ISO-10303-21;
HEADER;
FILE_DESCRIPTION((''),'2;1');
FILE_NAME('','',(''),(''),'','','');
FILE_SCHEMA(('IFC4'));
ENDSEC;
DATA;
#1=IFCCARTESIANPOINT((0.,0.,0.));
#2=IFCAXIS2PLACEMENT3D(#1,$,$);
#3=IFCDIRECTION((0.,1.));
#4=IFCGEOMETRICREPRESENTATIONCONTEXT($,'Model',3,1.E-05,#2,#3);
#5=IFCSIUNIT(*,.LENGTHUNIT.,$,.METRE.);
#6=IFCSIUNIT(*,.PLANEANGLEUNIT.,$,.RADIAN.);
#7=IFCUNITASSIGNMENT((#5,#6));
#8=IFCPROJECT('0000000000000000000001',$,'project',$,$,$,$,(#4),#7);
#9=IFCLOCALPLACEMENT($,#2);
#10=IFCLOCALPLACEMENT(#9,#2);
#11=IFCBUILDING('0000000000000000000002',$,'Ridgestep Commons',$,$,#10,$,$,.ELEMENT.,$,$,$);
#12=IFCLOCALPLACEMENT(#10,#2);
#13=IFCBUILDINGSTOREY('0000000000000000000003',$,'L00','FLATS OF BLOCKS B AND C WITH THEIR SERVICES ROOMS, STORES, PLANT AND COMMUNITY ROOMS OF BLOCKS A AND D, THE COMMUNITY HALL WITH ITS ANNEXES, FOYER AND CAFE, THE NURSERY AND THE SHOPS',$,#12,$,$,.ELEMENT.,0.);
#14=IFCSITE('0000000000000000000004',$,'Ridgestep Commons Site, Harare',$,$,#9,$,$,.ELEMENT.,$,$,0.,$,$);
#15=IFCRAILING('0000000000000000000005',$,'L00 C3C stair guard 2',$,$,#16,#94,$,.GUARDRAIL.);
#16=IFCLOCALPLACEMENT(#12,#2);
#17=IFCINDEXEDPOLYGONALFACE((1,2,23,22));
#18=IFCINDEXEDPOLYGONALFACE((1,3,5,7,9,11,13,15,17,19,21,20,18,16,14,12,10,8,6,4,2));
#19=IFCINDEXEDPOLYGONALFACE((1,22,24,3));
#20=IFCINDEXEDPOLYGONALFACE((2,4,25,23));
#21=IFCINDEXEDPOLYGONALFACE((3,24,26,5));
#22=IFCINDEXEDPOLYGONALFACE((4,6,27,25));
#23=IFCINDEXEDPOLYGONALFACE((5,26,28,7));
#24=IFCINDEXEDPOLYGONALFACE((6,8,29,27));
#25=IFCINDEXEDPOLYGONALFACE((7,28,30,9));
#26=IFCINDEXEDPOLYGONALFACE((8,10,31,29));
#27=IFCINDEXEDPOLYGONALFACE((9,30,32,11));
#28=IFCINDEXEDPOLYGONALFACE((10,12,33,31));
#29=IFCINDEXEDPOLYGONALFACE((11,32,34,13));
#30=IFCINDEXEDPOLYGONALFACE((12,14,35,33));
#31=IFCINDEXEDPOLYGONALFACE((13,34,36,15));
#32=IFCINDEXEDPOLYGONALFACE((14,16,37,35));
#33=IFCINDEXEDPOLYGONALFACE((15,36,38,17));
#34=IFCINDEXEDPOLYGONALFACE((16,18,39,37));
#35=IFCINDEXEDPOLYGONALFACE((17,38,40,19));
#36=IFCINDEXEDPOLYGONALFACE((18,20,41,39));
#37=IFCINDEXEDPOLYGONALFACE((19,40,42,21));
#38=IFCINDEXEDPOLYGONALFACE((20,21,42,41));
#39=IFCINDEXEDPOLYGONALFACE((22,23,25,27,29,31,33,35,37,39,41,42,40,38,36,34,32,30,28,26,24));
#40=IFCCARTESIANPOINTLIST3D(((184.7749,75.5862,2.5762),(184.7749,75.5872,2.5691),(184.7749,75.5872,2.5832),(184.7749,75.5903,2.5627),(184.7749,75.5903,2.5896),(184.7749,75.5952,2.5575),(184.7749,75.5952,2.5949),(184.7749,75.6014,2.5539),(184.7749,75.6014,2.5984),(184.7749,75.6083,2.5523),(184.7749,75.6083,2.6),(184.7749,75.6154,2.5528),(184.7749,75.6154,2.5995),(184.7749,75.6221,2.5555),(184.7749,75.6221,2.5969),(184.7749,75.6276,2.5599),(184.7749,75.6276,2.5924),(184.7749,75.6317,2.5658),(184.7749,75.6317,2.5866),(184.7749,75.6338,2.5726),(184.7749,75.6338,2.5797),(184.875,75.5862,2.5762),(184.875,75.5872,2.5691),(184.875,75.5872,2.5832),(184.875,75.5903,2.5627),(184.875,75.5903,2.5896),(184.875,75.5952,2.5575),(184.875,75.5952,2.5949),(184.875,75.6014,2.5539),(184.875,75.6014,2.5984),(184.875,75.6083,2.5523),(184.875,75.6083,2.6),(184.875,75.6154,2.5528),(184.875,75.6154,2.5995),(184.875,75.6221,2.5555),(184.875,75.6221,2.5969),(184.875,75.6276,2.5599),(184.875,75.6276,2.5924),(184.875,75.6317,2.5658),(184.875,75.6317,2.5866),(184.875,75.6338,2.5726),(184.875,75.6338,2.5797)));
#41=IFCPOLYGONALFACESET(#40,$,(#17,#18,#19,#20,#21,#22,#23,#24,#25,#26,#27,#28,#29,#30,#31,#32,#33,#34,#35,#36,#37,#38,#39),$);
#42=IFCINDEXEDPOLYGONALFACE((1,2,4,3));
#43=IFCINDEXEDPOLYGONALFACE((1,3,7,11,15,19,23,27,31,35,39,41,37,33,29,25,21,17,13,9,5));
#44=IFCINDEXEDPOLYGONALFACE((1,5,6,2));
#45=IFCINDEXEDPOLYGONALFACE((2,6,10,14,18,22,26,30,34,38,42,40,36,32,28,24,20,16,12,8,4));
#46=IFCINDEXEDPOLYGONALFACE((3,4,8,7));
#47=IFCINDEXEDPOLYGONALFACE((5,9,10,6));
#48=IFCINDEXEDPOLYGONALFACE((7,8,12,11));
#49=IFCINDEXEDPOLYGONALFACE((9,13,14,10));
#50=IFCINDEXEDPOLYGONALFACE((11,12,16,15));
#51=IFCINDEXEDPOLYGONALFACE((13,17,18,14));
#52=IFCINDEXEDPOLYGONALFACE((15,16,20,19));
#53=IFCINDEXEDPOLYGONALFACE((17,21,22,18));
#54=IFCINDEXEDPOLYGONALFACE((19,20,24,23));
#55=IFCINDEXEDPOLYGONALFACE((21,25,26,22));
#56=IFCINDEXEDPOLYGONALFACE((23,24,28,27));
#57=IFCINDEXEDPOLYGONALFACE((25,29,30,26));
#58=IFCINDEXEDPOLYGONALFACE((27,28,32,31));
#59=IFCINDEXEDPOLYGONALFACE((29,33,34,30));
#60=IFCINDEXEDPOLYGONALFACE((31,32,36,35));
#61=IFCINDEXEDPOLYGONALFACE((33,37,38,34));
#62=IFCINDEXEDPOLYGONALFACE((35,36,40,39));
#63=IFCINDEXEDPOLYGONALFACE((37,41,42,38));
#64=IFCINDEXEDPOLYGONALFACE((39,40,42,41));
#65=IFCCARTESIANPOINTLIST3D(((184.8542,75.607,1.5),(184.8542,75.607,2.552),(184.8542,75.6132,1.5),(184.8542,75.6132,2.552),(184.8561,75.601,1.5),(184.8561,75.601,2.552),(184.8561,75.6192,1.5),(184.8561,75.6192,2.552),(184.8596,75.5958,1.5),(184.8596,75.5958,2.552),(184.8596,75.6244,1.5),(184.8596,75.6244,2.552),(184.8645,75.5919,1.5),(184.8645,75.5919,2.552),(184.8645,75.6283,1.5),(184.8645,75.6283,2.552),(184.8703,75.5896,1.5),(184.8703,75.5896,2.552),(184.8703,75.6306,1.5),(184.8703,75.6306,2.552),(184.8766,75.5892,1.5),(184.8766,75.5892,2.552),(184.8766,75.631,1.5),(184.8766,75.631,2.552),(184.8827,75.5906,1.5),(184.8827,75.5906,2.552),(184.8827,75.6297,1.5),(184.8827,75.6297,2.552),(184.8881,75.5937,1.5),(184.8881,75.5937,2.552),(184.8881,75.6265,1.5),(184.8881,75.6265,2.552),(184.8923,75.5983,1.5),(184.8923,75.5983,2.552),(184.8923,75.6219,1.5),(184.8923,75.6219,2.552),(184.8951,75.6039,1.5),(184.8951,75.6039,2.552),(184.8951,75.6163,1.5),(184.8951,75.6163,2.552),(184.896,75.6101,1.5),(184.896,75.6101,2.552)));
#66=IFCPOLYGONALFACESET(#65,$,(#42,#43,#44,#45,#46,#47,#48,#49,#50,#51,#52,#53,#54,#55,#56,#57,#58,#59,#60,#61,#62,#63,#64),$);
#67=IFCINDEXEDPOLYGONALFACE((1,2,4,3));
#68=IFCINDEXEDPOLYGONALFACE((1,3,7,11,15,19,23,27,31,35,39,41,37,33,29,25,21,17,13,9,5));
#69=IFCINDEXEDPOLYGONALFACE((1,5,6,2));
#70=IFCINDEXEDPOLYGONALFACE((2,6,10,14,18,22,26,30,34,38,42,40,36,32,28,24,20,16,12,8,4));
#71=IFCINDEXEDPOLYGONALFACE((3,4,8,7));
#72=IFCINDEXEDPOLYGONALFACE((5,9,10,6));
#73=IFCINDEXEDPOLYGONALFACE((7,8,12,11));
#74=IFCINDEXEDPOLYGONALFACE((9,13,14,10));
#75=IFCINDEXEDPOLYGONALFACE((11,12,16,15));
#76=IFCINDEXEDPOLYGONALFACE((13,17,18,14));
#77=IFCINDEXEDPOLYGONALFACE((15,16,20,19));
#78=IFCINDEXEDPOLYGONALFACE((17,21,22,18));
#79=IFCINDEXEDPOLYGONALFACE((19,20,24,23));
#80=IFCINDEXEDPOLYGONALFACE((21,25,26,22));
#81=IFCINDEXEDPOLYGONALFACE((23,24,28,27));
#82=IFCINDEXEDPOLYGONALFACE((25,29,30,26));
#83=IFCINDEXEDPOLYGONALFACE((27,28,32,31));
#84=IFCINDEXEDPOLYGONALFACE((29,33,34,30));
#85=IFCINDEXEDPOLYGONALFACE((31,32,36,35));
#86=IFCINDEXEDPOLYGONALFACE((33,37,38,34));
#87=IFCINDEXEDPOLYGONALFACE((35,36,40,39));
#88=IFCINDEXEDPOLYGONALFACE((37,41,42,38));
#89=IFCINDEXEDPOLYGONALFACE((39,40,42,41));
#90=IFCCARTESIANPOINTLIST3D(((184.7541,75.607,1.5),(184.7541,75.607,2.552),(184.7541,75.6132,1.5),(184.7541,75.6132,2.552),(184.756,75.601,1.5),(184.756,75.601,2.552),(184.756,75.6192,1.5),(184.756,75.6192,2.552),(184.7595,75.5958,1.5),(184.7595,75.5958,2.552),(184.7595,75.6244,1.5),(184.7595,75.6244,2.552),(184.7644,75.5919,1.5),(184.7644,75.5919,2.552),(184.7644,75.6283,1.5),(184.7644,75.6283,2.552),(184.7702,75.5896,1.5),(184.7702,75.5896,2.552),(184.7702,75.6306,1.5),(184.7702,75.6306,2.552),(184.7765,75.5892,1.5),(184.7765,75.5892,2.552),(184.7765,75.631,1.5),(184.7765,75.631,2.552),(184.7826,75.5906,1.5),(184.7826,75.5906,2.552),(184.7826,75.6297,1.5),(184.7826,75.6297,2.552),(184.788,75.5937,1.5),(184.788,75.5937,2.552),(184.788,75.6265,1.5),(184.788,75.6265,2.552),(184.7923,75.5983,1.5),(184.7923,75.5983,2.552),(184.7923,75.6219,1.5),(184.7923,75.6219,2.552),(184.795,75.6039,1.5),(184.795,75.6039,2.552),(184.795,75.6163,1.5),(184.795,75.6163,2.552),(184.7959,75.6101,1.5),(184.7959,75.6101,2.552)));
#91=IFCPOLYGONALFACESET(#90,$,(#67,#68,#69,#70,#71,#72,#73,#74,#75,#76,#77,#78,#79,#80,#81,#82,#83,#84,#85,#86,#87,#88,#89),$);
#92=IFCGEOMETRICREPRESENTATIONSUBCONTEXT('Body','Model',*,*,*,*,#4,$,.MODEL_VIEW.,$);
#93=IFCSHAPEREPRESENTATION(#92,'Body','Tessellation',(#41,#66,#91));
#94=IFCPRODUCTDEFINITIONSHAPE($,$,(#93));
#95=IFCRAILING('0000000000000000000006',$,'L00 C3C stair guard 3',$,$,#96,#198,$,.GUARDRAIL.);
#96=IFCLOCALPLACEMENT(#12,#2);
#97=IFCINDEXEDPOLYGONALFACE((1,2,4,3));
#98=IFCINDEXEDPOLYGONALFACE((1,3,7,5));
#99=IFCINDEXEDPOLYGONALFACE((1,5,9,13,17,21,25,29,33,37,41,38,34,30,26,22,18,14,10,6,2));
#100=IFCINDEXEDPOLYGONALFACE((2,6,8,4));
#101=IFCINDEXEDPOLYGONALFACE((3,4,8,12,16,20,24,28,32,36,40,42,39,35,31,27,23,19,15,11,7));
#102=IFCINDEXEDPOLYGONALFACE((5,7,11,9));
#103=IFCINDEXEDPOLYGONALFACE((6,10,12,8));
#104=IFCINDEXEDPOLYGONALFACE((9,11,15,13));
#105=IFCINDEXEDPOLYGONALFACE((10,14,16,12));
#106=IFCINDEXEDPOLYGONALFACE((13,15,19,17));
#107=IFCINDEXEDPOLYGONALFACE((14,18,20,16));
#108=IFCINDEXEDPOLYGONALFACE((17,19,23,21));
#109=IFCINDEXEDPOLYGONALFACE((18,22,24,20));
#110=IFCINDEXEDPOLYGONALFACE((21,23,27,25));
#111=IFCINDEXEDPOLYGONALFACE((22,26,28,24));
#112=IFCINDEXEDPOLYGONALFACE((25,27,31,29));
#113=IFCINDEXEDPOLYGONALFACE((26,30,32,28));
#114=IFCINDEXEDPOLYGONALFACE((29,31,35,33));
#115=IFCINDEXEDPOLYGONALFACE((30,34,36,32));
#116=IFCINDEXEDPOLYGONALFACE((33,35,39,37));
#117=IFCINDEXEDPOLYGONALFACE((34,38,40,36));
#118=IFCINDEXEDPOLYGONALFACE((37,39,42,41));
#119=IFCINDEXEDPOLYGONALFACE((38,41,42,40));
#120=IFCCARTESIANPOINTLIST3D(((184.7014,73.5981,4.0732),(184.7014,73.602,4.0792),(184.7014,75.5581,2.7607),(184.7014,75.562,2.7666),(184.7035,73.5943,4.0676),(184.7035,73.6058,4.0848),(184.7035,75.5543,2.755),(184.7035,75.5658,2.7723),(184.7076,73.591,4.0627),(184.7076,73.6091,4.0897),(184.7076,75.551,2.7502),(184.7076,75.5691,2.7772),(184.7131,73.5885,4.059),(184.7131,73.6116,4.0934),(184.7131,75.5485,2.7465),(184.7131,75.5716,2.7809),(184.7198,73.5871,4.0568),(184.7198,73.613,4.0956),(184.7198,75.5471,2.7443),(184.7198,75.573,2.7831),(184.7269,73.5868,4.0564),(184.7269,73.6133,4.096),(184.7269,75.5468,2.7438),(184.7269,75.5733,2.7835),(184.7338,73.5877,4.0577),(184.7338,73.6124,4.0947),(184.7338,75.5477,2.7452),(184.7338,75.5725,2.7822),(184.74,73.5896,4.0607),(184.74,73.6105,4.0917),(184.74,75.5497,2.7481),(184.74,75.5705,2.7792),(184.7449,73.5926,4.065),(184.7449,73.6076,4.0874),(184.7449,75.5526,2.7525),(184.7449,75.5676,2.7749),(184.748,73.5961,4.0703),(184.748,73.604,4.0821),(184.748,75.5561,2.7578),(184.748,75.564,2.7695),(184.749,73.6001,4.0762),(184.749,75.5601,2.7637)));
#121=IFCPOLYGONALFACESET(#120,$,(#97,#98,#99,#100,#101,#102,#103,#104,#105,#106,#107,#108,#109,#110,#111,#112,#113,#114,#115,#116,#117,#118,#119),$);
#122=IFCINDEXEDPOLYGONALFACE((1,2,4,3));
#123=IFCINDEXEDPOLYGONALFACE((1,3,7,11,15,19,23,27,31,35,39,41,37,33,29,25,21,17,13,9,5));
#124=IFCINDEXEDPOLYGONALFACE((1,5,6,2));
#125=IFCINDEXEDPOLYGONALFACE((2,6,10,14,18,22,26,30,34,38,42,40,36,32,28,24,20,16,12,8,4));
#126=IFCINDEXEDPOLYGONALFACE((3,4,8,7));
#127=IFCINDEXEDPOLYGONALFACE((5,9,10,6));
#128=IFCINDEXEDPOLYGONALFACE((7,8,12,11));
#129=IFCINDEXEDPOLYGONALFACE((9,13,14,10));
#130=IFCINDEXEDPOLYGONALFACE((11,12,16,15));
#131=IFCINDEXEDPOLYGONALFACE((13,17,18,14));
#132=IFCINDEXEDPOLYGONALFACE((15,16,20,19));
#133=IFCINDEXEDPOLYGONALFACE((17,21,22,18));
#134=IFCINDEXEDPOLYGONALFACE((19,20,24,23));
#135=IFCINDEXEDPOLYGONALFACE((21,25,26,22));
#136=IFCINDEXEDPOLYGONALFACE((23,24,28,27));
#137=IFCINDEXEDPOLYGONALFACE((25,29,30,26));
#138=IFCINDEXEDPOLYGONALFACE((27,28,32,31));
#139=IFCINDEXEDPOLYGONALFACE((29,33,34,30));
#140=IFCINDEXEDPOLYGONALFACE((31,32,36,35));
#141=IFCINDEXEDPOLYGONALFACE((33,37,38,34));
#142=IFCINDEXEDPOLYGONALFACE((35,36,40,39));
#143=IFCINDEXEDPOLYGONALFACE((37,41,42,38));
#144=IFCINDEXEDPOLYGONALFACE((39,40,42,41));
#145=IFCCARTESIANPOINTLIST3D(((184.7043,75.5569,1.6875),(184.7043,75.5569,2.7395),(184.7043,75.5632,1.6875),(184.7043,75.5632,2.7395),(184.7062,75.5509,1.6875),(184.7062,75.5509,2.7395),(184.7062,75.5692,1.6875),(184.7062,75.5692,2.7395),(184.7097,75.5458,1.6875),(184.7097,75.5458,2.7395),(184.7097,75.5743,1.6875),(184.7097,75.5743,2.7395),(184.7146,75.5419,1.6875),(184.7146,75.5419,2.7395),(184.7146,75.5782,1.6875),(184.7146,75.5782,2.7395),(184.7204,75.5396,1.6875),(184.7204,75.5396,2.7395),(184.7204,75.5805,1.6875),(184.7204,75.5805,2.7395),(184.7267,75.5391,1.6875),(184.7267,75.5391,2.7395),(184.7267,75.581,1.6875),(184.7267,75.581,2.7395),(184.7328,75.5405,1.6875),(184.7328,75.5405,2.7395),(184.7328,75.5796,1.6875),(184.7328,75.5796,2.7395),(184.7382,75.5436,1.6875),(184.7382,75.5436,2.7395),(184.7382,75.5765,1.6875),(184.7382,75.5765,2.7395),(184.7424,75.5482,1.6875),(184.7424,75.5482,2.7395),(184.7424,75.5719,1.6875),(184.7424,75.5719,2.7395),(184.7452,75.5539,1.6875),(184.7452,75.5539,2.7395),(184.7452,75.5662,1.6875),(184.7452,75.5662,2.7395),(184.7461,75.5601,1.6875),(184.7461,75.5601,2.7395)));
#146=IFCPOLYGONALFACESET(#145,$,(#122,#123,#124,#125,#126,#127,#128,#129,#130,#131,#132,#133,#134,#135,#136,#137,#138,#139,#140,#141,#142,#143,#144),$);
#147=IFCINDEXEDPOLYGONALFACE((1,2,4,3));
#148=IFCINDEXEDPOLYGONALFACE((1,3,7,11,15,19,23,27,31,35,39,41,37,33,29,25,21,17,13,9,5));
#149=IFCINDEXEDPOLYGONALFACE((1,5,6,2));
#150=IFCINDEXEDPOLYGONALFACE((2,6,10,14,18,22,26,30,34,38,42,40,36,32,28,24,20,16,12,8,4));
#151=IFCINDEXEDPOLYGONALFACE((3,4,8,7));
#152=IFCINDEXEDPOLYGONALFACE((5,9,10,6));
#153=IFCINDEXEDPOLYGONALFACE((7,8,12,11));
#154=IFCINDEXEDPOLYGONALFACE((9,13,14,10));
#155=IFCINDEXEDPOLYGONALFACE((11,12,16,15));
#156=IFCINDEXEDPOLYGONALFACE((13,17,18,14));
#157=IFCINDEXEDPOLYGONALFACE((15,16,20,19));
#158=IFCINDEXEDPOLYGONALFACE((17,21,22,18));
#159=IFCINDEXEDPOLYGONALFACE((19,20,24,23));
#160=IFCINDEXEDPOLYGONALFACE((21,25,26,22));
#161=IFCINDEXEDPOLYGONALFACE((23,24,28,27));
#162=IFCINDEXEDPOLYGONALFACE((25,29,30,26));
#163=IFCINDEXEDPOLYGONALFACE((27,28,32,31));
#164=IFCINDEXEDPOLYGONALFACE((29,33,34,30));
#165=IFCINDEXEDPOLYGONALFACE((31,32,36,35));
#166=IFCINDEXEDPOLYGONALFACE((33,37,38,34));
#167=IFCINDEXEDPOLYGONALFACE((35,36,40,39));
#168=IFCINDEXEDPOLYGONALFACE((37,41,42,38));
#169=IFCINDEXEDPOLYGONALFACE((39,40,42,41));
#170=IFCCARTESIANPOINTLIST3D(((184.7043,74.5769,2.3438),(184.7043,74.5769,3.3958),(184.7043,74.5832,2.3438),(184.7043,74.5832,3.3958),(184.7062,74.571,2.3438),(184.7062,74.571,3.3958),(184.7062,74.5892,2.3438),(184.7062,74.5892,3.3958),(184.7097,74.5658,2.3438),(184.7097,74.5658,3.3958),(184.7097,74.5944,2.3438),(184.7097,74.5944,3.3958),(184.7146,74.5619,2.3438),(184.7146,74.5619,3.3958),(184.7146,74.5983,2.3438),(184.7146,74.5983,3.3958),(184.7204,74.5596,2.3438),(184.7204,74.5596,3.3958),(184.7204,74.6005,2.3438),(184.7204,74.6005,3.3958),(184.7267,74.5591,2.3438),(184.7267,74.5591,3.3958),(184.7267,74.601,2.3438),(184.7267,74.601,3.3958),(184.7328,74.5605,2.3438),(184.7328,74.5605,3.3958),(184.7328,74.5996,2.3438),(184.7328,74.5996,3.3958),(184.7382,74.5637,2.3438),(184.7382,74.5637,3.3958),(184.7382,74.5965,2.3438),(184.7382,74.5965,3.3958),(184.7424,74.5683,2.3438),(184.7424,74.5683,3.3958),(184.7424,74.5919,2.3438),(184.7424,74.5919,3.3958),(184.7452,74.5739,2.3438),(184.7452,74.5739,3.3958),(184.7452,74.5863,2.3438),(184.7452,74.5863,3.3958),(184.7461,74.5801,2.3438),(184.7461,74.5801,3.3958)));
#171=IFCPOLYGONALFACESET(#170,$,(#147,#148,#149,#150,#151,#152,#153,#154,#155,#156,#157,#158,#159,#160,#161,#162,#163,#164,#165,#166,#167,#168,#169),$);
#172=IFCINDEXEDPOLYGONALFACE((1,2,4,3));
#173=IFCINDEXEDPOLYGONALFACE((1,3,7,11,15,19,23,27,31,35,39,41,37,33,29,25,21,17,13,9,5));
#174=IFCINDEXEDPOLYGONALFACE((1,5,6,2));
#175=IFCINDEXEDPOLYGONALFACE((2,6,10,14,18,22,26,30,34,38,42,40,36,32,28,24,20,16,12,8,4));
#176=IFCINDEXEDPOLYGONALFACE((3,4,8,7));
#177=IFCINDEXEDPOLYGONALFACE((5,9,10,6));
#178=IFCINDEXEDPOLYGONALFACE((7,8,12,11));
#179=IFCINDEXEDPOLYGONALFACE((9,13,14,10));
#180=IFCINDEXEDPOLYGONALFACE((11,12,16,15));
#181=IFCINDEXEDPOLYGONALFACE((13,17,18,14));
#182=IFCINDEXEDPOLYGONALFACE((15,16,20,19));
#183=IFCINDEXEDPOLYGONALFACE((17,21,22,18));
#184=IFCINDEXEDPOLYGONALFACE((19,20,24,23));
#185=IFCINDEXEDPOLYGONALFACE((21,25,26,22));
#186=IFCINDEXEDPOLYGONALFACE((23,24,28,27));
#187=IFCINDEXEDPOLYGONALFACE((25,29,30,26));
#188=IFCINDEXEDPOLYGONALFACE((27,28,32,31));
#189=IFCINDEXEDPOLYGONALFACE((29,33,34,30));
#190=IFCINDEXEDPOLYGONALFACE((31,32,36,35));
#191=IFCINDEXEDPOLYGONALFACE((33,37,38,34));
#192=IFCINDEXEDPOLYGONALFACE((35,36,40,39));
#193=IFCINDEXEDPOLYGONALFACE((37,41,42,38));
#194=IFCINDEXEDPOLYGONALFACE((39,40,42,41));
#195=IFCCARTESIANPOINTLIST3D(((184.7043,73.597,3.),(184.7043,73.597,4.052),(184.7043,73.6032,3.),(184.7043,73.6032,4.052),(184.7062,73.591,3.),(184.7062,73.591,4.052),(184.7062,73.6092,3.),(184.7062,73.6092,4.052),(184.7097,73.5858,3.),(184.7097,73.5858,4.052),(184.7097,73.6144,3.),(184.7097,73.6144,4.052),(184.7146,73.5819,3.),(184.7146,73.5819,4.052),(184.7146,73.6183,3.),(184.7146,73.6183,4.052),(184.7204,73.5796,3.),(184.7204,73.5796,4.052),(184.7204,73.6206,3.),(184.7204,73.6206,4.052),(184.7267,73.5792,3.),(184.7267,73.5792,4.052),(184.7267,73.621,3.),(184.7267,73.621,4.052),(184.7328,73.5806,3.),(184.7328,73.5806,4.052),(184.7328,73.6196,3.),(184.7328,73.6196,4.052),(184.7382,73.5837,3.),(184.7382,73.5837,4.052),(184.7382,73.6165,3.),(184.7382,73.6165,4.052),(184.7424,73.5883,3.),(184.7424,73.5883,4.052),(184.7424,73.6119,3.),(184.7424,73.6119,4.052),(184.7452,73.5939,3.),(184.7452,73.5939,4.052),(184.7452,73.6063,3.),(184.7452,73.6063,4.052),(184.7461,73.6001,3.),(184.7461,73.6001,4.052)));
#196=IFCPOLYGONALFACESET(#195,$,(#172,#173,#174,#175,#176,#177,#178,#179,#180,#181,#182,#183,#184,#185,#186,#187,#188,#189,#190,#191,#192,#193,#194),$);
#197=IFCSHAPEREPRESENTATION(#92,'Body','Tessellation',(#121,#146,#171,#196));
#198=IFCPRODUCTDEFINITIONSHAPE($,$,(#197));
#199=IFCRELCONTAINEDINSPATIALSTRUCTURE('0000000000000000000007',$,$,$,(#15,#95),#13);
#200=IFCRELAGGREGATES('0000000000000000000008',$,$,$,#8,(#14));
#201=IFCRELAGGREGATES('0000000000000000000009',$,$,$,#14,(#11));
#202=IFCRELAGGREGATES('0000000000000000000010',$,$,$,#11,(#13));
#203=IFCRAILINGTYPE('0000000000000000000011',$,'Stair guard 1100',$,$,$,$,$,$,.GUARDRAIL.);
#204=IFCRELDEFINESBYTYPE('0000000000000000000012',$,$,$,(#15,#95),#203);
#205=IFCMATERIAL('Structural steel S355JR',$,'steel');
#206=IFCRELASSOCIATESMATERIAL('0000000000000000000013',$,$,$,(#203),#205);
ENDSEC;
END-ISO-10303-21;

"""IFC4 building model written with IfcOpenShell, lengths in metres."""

from ifc_helpers import new_model, si_unit, direction, frame, origin, origin_2d, place, context, subcontext, project, spatial, circle, extrude, material, type_object, element, save


model = new_model("IFC4")

# Units and contexts
model_context = context("Model", 3, precision=1e-05, world=origin(), true_north=direction((0.0, 1.0)))
body_context = subcontext(model_context, "Body", "Model", "MODEL_VIEW")
ifc_project = project(units=[si_unit("LENGTHUNIT", "METRE"), si_unit("PLANEANGLEUNIT", "RADIAN")], contexts=[model_context])

# Site, building, storey
site_placement = place(None, origin())
site = spatial("IfcSite", under=ifc_project, at=site_placement, Name="Ridgestep Commons Site, Harare", CompositionType="ELEMENT", RefElevation=0.0)
building_placement = place(site_placement, origin())
building = spatial("IfcBuilding", under=site, at=building_placement, Name="Ridgestep Commons", CompositionType="ELEMENT")
storey_placement = place(building_placement, origin())
storey = spatial("IfcBuildingStorey", under=building, at=storey_placement, Name="L00", Description="FLATS OF BLOCKS B AND C WITH THEIR SERVICES ROOMS, STORES, PLANT AND COMMUNITY ROOMS OF BLOCKS A AND D, THE COMMUNITY HALL WITH ITS ANNEXES, FOYER AND CAFE, THE NURSERY AND THE SHOPS", CompositionType="ELEMENT", Elevation=0.0)

# Railings
ifc_material_1 = material(Name="Structural steel S355JR", Category="steel")
railing_type = type_object("IfcRailingType", Name="Stair guard 1100", PredefinedType="GUARDRAIL", material=ifc_material_1)
railing_1_placement = place(storey_placement, frame((184.875, 75.6101, 1.5)))
element("IfcRailing", 1, at=railing_1_placement, inside=storey, type_object=railing_type, Name="L00 C3C stair guard 2", PredefinedType="GUARDRAIL", context=body_context, shape_type="SweptSolid", body=[
    extrude(circle(Radius=0.0239, at=origin_2d()), frame((0.0, 0.0, 1.0762), z_axis=(-1.0, 0.0, 0.0), x_axis=(0.0, -1.0, 0.0)), (0.0, 0.0, 1.0), 0.1001),
    extrude(circle(Radius=0.021, at=origin_2d()), origin(), (0.0, 0.0, 1.0), 1.052),
    extrude(circle(Radius=0.021, at=origin_2d()), frame((-0.1001, 0.0, 0.0)), (0.0, 0.0, 1.0), 1.052),
])
railing_2_placement = place(storey_placement, frame((184.7251, 75.5601, 1.6875)))
element("IfcRailing", 2, at=railing_2_placement, inside=storey, type_object=railing_type, Name="L00 C3C stair guard 3", PredefinedType="GUARDRAIL", context=body_context, shape_type="SweptSolid", body=[
    extrude(circle(Radius=0.0239, at=origin_2d()), frame((0.0, 0.0, 1.0762), z_axis=(0.0, -0.830902, 0.556419), x_axis=(1.0, 0.0, 0.0)), (0.0, 0.0, 1.0), 2.3589),
    extrude(circle(Radius=0.021, at=origin_2d()), origin(), (0.0, 0.0, 1.0), 1.052),
    extrude(circle(Radius=0.021, at=origin_2d()), frame((0.0, -0.98, 0.6562)), (0.0, 0.0, 1.0), 1.052),
    extrude(circle(Radius=0.021, at=origin_2d()), frame((0.0, -1.96, 1.3125)), (0.0, 0.0, 1.0), 1.052),
])

save(model, "model.ifc")
